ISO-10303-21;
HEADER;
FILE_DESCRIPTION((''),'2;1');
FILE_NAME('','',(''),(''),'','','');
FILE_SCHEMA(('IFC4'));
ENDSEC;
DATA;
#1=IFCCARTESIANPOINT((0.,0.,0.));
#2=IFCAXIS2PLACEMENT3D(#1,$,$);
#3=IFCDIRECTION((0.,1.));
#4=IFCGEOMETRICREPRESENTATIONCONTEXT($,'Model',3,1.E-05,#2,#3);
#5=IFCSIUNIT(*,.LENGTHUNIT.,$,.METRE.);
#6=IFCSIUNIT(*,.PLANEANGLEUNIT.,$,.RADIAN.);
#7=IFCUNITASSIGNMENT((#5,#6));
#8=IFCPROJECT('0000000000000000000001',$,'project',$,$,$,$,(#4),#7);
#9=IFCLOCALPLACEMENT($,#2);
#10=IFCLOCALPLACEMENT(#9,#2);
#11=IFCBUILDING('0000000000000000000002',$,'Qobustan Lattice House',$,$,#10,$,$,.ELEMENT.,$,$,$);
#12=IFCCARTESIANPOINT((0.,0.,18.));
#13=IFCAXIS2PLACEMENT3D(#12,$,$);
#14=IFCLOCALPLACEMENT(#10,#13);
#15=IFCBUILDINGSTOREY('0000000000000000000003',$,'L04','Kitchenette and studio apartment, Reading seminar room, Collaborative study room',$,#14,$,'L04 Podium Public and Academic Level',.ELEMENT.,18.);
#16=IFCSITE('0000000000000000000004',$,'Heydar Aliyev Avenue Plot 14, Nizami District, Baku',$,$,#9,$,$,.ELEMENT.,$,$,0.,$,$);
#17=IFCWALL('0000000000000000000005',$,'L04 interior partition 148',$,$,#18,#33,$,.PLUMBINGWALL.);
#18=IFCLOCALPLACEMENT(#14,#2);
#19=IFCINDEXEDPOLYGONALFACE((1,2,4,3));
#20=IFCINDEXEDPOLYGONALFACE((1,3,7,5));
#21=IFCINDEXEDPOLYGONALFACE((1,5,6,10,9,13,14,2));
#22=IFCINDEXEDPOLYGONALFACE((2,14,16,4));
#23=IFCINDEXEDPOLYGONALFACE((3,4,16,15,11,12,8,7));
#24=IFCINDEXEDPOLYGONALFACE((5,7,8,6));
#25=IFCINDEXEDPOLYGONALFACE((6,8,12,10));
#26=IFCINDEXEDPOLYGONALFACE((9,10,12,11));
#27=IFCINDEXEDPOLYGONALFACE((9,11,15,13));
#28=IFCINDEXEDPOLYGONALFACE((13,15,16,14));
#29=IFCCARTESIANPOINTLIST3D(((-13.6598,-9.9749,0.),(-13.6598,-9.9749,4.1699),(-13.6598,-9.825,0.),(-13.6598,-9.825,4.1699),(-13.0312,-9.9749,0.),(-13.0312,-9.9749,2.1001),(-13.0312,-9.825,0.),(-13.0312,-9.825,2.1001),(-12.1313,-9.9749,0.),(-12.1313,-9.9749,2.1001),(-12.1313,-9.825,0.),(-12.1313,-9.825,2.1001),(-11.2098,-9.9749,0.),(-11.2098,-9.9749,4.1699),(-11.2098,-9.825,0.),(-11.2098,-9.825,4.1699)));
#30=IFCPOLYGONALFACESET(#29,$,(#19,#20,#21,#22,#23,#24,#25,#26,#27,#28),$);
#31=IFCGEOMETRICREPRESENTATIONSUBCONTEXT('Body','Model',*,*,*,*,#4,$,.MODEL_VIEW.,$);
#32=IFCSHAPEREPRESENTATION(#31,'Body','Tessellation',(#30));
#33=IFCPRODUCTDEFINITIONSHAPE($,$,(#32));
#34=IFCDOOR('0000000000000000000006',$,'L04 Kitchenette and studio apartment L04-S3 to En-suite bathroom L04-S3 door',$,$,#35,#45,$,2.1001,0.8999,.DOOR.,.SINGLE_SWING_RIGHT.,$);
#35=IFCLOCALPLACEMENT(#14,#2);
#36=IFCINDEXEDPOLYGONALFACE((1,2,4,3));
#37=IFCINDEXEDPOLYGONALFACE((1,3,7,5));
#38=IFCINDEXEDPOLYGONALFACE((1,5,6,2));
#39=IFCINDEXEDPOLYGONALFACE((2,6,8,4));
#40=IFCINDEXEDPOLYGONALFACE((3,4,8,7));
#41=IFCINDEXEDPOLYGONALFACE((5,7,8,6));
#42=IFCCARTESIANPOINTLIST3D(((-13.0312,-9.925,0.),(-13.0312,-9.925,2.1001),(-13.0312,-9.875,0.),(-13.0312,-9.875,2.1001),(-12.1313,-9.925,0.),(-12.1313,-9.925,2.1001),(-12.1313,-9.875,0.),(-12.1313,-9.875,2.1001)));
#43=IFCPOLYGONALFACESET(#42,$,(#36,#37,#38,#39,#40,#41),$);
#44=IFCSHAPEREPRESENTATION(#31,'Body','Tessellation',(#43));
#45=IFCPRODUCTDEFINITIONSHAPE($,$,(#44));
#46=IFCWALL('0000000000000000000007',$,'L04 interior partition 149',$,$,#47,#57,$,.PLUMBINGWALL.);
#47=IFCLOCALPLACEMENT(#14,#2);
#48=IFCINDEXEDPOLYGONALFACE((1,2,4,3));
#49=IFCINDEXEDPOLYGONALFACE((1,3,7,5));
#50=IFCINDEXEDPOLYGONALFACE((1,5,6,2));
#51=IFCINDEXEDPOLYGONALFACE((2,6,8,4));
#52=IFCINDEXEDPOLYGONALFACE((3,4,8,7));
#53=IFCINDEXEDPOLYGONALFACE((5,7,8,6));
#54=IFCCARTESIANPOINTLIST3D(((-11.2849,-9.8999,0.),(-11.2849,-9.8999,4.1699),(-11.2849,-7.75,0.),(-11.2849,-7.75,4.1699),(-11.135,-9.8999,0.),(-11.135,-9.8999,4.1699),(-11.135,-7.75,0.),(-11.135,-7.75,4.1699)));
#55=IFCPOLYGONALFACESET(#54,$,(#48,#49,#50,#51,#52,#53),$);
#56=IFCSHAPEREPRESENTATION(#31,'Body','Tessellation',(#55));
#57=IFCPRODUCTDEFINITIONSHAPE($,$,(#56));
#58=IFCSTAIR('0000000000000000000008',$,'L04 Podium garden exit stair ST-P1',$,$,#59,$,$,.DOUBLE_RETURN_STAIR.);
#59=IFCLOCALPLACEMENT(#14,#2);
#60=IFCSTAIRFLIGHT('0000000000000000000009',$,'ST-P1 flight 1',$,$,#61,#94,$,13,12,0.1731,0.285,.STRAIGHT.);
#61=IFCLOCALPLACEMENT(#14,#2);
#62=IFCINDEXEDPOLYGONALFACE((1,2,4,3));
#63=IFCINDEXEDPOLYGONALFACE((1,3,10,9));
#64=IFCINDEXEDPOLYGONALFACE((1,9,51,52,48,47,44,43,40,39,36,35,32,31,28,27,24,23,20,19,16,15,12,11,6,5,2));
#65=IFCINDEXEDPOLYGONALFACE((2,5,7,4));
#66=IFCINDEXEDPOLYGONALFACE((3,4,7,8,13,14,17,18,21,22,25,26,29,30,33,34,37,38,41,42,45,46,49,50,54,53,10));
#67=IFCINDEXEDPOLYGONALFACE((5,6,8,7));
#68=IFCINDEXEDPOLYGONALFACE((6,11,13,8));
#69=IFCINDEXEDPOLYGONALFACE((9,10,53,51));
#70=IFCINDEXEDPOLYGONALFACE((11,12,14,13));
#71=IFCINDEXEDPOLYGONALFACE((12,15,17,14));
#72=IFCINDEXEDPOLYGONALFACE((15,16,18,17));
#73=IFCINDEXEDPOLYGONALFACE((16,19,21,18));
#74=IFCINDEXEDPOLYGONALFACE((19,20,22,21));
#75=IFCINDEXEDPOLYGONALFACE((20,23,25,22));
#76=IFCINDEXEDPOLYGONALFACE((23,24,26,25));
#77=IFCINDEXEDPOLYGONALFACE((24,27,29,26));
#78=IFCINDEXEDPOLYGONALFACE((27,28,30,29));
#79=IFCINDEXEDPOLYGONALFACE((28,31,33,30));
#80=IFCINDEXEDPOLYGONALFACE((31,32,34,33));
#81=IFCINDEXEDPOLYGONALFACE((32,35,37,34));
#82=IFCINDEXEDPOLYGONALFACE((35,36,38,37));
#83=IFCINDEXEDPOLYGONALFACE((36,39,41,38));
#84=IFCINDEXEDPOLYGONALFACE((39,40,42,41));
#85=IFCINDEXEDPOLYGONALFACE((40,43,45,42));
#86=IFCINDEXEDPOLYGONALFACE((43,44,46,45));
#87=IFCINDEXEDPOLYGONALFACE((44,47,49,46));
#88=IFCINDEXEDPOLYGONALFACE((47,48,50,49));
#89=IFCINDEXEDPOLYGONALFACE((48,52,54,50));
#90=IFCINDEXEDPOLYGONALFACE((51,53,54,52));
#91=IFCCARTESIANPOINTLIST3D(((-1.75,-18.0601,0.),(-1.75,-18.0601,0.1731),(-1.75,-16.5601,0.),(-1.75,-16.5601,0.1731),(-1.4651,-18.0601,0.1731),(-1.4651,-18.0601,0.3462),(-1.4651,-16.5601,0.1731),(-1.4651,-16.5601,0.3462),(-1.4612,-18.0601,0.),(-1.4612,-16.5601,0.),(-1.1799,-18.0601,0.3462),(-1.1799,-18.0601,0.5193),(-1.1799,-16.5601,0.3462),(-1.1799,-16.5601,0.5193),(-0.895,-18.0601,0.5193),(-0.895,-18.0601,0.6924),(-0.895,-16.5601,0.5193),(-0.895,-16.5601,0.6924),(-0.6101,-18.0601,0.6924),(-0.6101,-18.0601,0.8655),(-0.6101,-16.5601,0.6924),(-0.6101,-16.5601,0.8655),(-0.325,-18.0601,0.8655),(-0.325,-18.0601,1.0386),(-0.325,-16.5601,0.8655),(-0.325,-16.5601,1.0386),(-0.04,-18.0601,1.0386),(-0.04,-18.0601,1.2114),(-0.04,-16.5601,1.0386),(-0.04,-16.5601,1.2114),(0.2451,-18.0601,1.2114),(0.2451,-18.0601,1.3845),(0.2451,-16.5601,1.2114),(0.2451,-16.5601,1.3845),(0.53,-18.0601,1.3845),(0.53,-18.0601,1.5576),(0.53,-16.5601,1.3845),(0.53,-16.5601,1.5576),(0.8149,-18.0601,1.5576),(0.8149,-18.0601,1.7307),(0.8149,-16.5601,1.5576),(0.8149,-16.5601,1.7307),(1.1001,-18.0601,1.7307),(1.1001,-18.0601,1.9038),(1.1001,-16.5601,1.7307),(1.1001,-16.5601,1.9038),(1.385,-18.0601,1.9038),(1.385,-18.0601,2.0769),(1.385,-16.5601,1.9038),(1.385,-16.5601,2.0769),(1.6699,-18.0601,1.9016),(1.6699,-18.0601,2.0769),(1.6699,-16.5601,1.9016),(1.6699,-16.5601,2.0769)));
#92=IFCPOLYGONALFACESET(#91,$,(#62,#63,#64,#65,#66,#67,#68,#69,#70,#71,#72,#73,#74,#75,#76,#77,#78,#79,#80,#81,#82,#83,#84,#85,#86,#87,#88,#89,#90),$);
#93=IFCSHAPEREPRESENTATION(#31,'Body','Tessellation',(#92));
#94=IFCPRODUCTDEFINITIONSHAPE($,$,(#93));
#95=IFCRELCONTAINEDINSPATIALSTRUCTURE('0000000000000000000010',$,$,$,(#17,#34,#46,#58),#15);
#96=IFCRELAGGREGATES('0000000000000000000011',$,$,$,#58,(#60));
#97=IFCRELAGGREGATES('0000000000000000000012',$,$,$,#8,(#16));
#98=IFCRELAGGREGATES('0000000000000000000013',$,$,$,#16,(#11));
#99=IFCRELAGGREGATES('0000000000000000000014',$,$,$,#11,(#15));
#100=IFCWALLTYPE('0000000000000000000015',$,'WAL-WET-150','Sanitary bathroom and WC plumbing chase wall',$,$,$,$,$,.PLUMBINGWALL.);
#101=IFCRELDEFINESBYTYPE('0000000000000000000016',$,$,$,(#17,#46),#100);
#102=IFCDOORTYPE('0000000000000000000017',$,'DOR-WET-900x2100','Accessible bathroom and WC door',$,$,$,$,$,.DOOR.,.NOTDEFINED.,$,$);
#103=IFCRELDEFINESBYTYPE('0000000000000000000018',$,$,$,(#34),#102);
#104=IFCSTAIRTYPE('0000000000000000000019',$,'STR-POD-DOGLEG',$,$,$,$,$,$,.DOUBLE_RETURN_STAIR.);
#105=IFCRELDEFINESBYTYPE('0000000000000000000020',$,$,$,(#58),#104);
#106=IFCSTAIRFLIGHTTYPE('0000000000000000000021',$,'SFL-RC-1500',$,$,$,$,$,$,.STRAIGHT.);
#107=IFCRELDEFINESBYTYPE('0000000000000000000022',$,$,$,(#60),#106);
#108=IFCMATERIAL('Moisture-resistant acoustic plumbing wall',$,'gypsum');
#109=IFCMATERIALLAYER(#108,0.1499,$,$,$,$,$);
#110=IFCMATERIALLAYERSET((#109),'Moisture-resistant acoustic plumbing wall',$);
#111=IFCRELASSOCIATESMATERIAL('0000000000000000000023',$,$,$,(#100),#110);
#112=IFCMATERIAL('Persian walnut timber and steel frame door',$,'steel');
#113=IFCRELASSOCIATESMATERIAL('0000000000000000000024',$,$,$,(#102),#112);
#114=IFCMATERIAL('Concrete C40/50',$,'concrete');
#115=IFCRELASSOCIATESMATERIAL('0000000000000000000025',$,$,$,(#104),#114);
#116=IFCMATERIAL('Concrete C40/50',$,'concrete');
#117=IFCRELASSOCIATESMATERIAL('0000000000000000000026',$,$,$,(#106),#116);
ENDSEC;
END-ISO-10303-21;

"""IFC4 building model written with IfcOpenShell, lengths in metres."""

from ifc_helpers import new_model, si_unit, direction, frame, frame_2d, origin, place, context, subcontext, project, spatial, polyline, rectangle, outline, extrude, material, layer, layer_set, type_object, element, fill, aggregate, save


model = new_model("IFC4")

# Units and contexts
model_context = context("Model", 3, precision=1e-05, world=origin(), true_north=direction((0.0, 1.0)))
body_context = subcontext(model_context, "Body", "Model", "MODEL_VIEW")
ifc_project = project(units=[si_unit("LENGTHUNIT", "METRE"), si_unit("PLANEANGLEUNIT", "RADIAN")], contexts=[model_context])

# Site, building, storey
site_placement = place(None, origin())
site = spatial("IfcSite", under=ifc_project, at=site_placement, Name="Heydar Aliyev Avenue Plot 14, Nizami District, Baku", CompositionType="ELEMENT", RefElevation=0.0)
building_placement = place(site_placement, origin())
building = spatial("IfcBuilding", under=site, at=building_placement, Name="Qobustan Lattice House", CompositionType="ELEMENT")
storey_placement = place(building_placement, frame((0.0, 0.0, 18.0)))
storey = spatial("IfcBuildingStorey", under=building, at=storey_placement, Name="L04", Description="Kitchenette and studio apartment, Reading seminar room, Collaborative study room", LongName="L04 Podium Public and Academic Level", CompositionType="ELEMENT", Elevation=18.0)

# Shared definitions
ifc_material_1 = material(Name="Moisture-resistant acoustic plumbing wall", Category="gypsum")
ifc_layer_1 = layer(ifc_material_1, 0.1499)
ifc_layer_set_1 = layer_set([ifc_layer_1], Name="Moisture-resistant acoustic plumbing wall")
wall_type_1 = type_object("IfcWallType", Name="WAL-WET-150", Description="Sanitary bathroom and WC plumbing chase wall", PredefinedType="PLUMBINGWALL", material=ifc_layer_set_1)

# Wall, opening, door
wall_1_placement = place(storey_placement, frame((-13.6599, -9.8999, 0.0), z_axis=(0.0, 0.0, 1.0), x_axis=(1.0, 0.0, 0.0)))
wall_1 = element("IfcWall", 1, at=wall_1_placement, inside=storey, type_object=wall_type_1, Name="L04 interior partition 148", PredefinedType="PLUMBINGWALL", context=body_context, shape_type="SweptSolid", body=[
    extrude(rectangle(XDim=2.45, YDim=0.1499, at=frame_2d((1.2251, 0.0))), origin(), (0.0, 0.0, 1.0), 4.1699),
])
opening_1_placement = place(wall_1_placement, frame((0.6287, 0.0, 0.0)))
opening_1 = element("IfcOpeningElement", 2, at=opening_1_placement, cuts=wall_1, PredefinedType="OPENING", context=body_context, shape_type="SweptSolid", body=[
    extrude(rectangle(XDim=0.8999, YDim=2.1001, at=frame_2d((0.45, 1.05))), frame((0.0, 0.085, 0.0), z_axis=(0.0, -1.0, 0.0), x_axis=(1.0, 0.0, 0.0)), (0.0, 0.0, 1.0), 0.1699),
])
ifc_material_2 = material(Name="Persian walnut timber and steel frame door", Category="steel")
door_type_1 = type_object("IfcDoorType", Name="DOR-WET-900x2100", Description="Accessible bathroom and WC door", OperationType="NOTDEFINED", PredefinedType="DOOR", material=ifc_material_2)
door_1_placement = place(opening_1_placement, origin())
door_1 = element("IfcDoor", 3, at=door_1_placement, inside=storey, type_object=door_type_1, Name="L04 Kitchenette and studio apartment L04-S3 to En-suite bathroom L04-S3 door", OperationType="SINGLE_SWING_RIGHT", OverallHeight=2.1001, OverallWidth=0.8999, PredefinedType="DOOR", context=body_context, shape_type="SweptSolid", body=[
    extrude(rectangle(XDim=0.8999, YDim=2.1001, at=frame_2d((0.45, 1.05))), frame((0.0, 0.0249, 0.0), z_axis=(0.0, -1.0, 0.0), x_axis=(1.0, 0.0, 0.0)), (0.0, 0.0, 1.0), 0.05),
])
fill(opening_1, door_1)

# Wall
wall_2_placement = place(storey_placement, frame((-11.21, -9.8999, 0.0), z_axis=(0.0, 0.0, 1.0), x_axis=(0.0, 1.0, 0.0)))
element("IfcWall", 4, at=wall_2_placement, inside=storey, type_object=wall_type_1, Name="L04 interior partition 149", PredefinedType="PLUMBINGWALL", context=body_context, shape_type="SweptSolid", body=[
    extrude(rectangle(XDim=2.1499, YDim=0.1499, at=frame_2d((1.075, 0.0))), origin(), (0.0, 0.0, 1.0), 4.1699),
])

# Stair, stair flight
ifc_material_3 = material(Name="Concrete C40/50", Category="concrete")
stair_type = type_object("IfcStairType", Name="STR-POD-DOGLEG", PredefinedType="DOUBLE_RETURN_STAIR", material=ifc_material_3)
stair_placement = place(storey_placement, origin())
stair = element("IfcStair", 5, at=stair_placement, inside=storey, type_object=stair_type, Name="L04 Podium garden exit stair ST-P1", PredefinedType="DOUBLE_RETURN_STAIR")
ifc_material_4 = material(Name="Concrete C40/50", Category="concrete")
stair_flight_type = type_object("IfcStairFlightType", Name="SFL-RC-1500", PredefinedType="STRAIGHT", material=ifc_material_4)
stair_flight_placement = place(storey_placement, frame((-1.75, -17.3101, 0.0), z_axis=(0.0, 0.0, 1.0), x_axis=(1.0, 0.0, 0.0)))
stair_flight = element("IfcStairFlight", 6, at=stair_flight_placement, type_object=stair_flight_type, Name="ST-P1 flight 1", NumberOfRisers=13, NumberOfTreads=12, PredefinedType="STRAIGHT", RiserHeight=0.1731, TreadLength=0.285, context=body_context, shape_type="SweptSolid", body=[
    extrude(outline(polyline([(0.0, 0.0), (0.0, 0.1731), (0.2849, 0.1731), (0.2849, 0.3462), (0.5701, 0.3462), (0.5701, 0.5193), (0.855, 0.5193), (0.855, 0.6924), (1.1399, 0.6924), (1.1399, 0.8655), (1.425, 0.8655), (1.425, 1.0386), (1.71, 1.0386), (1.71, 1.2114), (1.9951, 1.2114), (1.9951, 1.3845), (2.28, 1.3845), (2.28, 1.5576), (2.5649, 1.5576), (2.5649, 1.7307), (2.8501, 1.7307), (2.8501, 1.9038), (3.135, 1.9038), (3.135, 2.0769), (3.4199, 2.0769), (3.4199, 2.25), (3.4199, 1.9016), (0.2888, 0.0), (0.0, 0.0)])), frame((0.0, 0.75, 0.0), z_axis=(0.0, -1.0, 0.0), x_axis=(1.0, 0.0, 0.0)), (0.0, 0.0, 1.0), 1.5),
])
aggregate(stair, [stair_flight])

save(model, "model.ifc")
